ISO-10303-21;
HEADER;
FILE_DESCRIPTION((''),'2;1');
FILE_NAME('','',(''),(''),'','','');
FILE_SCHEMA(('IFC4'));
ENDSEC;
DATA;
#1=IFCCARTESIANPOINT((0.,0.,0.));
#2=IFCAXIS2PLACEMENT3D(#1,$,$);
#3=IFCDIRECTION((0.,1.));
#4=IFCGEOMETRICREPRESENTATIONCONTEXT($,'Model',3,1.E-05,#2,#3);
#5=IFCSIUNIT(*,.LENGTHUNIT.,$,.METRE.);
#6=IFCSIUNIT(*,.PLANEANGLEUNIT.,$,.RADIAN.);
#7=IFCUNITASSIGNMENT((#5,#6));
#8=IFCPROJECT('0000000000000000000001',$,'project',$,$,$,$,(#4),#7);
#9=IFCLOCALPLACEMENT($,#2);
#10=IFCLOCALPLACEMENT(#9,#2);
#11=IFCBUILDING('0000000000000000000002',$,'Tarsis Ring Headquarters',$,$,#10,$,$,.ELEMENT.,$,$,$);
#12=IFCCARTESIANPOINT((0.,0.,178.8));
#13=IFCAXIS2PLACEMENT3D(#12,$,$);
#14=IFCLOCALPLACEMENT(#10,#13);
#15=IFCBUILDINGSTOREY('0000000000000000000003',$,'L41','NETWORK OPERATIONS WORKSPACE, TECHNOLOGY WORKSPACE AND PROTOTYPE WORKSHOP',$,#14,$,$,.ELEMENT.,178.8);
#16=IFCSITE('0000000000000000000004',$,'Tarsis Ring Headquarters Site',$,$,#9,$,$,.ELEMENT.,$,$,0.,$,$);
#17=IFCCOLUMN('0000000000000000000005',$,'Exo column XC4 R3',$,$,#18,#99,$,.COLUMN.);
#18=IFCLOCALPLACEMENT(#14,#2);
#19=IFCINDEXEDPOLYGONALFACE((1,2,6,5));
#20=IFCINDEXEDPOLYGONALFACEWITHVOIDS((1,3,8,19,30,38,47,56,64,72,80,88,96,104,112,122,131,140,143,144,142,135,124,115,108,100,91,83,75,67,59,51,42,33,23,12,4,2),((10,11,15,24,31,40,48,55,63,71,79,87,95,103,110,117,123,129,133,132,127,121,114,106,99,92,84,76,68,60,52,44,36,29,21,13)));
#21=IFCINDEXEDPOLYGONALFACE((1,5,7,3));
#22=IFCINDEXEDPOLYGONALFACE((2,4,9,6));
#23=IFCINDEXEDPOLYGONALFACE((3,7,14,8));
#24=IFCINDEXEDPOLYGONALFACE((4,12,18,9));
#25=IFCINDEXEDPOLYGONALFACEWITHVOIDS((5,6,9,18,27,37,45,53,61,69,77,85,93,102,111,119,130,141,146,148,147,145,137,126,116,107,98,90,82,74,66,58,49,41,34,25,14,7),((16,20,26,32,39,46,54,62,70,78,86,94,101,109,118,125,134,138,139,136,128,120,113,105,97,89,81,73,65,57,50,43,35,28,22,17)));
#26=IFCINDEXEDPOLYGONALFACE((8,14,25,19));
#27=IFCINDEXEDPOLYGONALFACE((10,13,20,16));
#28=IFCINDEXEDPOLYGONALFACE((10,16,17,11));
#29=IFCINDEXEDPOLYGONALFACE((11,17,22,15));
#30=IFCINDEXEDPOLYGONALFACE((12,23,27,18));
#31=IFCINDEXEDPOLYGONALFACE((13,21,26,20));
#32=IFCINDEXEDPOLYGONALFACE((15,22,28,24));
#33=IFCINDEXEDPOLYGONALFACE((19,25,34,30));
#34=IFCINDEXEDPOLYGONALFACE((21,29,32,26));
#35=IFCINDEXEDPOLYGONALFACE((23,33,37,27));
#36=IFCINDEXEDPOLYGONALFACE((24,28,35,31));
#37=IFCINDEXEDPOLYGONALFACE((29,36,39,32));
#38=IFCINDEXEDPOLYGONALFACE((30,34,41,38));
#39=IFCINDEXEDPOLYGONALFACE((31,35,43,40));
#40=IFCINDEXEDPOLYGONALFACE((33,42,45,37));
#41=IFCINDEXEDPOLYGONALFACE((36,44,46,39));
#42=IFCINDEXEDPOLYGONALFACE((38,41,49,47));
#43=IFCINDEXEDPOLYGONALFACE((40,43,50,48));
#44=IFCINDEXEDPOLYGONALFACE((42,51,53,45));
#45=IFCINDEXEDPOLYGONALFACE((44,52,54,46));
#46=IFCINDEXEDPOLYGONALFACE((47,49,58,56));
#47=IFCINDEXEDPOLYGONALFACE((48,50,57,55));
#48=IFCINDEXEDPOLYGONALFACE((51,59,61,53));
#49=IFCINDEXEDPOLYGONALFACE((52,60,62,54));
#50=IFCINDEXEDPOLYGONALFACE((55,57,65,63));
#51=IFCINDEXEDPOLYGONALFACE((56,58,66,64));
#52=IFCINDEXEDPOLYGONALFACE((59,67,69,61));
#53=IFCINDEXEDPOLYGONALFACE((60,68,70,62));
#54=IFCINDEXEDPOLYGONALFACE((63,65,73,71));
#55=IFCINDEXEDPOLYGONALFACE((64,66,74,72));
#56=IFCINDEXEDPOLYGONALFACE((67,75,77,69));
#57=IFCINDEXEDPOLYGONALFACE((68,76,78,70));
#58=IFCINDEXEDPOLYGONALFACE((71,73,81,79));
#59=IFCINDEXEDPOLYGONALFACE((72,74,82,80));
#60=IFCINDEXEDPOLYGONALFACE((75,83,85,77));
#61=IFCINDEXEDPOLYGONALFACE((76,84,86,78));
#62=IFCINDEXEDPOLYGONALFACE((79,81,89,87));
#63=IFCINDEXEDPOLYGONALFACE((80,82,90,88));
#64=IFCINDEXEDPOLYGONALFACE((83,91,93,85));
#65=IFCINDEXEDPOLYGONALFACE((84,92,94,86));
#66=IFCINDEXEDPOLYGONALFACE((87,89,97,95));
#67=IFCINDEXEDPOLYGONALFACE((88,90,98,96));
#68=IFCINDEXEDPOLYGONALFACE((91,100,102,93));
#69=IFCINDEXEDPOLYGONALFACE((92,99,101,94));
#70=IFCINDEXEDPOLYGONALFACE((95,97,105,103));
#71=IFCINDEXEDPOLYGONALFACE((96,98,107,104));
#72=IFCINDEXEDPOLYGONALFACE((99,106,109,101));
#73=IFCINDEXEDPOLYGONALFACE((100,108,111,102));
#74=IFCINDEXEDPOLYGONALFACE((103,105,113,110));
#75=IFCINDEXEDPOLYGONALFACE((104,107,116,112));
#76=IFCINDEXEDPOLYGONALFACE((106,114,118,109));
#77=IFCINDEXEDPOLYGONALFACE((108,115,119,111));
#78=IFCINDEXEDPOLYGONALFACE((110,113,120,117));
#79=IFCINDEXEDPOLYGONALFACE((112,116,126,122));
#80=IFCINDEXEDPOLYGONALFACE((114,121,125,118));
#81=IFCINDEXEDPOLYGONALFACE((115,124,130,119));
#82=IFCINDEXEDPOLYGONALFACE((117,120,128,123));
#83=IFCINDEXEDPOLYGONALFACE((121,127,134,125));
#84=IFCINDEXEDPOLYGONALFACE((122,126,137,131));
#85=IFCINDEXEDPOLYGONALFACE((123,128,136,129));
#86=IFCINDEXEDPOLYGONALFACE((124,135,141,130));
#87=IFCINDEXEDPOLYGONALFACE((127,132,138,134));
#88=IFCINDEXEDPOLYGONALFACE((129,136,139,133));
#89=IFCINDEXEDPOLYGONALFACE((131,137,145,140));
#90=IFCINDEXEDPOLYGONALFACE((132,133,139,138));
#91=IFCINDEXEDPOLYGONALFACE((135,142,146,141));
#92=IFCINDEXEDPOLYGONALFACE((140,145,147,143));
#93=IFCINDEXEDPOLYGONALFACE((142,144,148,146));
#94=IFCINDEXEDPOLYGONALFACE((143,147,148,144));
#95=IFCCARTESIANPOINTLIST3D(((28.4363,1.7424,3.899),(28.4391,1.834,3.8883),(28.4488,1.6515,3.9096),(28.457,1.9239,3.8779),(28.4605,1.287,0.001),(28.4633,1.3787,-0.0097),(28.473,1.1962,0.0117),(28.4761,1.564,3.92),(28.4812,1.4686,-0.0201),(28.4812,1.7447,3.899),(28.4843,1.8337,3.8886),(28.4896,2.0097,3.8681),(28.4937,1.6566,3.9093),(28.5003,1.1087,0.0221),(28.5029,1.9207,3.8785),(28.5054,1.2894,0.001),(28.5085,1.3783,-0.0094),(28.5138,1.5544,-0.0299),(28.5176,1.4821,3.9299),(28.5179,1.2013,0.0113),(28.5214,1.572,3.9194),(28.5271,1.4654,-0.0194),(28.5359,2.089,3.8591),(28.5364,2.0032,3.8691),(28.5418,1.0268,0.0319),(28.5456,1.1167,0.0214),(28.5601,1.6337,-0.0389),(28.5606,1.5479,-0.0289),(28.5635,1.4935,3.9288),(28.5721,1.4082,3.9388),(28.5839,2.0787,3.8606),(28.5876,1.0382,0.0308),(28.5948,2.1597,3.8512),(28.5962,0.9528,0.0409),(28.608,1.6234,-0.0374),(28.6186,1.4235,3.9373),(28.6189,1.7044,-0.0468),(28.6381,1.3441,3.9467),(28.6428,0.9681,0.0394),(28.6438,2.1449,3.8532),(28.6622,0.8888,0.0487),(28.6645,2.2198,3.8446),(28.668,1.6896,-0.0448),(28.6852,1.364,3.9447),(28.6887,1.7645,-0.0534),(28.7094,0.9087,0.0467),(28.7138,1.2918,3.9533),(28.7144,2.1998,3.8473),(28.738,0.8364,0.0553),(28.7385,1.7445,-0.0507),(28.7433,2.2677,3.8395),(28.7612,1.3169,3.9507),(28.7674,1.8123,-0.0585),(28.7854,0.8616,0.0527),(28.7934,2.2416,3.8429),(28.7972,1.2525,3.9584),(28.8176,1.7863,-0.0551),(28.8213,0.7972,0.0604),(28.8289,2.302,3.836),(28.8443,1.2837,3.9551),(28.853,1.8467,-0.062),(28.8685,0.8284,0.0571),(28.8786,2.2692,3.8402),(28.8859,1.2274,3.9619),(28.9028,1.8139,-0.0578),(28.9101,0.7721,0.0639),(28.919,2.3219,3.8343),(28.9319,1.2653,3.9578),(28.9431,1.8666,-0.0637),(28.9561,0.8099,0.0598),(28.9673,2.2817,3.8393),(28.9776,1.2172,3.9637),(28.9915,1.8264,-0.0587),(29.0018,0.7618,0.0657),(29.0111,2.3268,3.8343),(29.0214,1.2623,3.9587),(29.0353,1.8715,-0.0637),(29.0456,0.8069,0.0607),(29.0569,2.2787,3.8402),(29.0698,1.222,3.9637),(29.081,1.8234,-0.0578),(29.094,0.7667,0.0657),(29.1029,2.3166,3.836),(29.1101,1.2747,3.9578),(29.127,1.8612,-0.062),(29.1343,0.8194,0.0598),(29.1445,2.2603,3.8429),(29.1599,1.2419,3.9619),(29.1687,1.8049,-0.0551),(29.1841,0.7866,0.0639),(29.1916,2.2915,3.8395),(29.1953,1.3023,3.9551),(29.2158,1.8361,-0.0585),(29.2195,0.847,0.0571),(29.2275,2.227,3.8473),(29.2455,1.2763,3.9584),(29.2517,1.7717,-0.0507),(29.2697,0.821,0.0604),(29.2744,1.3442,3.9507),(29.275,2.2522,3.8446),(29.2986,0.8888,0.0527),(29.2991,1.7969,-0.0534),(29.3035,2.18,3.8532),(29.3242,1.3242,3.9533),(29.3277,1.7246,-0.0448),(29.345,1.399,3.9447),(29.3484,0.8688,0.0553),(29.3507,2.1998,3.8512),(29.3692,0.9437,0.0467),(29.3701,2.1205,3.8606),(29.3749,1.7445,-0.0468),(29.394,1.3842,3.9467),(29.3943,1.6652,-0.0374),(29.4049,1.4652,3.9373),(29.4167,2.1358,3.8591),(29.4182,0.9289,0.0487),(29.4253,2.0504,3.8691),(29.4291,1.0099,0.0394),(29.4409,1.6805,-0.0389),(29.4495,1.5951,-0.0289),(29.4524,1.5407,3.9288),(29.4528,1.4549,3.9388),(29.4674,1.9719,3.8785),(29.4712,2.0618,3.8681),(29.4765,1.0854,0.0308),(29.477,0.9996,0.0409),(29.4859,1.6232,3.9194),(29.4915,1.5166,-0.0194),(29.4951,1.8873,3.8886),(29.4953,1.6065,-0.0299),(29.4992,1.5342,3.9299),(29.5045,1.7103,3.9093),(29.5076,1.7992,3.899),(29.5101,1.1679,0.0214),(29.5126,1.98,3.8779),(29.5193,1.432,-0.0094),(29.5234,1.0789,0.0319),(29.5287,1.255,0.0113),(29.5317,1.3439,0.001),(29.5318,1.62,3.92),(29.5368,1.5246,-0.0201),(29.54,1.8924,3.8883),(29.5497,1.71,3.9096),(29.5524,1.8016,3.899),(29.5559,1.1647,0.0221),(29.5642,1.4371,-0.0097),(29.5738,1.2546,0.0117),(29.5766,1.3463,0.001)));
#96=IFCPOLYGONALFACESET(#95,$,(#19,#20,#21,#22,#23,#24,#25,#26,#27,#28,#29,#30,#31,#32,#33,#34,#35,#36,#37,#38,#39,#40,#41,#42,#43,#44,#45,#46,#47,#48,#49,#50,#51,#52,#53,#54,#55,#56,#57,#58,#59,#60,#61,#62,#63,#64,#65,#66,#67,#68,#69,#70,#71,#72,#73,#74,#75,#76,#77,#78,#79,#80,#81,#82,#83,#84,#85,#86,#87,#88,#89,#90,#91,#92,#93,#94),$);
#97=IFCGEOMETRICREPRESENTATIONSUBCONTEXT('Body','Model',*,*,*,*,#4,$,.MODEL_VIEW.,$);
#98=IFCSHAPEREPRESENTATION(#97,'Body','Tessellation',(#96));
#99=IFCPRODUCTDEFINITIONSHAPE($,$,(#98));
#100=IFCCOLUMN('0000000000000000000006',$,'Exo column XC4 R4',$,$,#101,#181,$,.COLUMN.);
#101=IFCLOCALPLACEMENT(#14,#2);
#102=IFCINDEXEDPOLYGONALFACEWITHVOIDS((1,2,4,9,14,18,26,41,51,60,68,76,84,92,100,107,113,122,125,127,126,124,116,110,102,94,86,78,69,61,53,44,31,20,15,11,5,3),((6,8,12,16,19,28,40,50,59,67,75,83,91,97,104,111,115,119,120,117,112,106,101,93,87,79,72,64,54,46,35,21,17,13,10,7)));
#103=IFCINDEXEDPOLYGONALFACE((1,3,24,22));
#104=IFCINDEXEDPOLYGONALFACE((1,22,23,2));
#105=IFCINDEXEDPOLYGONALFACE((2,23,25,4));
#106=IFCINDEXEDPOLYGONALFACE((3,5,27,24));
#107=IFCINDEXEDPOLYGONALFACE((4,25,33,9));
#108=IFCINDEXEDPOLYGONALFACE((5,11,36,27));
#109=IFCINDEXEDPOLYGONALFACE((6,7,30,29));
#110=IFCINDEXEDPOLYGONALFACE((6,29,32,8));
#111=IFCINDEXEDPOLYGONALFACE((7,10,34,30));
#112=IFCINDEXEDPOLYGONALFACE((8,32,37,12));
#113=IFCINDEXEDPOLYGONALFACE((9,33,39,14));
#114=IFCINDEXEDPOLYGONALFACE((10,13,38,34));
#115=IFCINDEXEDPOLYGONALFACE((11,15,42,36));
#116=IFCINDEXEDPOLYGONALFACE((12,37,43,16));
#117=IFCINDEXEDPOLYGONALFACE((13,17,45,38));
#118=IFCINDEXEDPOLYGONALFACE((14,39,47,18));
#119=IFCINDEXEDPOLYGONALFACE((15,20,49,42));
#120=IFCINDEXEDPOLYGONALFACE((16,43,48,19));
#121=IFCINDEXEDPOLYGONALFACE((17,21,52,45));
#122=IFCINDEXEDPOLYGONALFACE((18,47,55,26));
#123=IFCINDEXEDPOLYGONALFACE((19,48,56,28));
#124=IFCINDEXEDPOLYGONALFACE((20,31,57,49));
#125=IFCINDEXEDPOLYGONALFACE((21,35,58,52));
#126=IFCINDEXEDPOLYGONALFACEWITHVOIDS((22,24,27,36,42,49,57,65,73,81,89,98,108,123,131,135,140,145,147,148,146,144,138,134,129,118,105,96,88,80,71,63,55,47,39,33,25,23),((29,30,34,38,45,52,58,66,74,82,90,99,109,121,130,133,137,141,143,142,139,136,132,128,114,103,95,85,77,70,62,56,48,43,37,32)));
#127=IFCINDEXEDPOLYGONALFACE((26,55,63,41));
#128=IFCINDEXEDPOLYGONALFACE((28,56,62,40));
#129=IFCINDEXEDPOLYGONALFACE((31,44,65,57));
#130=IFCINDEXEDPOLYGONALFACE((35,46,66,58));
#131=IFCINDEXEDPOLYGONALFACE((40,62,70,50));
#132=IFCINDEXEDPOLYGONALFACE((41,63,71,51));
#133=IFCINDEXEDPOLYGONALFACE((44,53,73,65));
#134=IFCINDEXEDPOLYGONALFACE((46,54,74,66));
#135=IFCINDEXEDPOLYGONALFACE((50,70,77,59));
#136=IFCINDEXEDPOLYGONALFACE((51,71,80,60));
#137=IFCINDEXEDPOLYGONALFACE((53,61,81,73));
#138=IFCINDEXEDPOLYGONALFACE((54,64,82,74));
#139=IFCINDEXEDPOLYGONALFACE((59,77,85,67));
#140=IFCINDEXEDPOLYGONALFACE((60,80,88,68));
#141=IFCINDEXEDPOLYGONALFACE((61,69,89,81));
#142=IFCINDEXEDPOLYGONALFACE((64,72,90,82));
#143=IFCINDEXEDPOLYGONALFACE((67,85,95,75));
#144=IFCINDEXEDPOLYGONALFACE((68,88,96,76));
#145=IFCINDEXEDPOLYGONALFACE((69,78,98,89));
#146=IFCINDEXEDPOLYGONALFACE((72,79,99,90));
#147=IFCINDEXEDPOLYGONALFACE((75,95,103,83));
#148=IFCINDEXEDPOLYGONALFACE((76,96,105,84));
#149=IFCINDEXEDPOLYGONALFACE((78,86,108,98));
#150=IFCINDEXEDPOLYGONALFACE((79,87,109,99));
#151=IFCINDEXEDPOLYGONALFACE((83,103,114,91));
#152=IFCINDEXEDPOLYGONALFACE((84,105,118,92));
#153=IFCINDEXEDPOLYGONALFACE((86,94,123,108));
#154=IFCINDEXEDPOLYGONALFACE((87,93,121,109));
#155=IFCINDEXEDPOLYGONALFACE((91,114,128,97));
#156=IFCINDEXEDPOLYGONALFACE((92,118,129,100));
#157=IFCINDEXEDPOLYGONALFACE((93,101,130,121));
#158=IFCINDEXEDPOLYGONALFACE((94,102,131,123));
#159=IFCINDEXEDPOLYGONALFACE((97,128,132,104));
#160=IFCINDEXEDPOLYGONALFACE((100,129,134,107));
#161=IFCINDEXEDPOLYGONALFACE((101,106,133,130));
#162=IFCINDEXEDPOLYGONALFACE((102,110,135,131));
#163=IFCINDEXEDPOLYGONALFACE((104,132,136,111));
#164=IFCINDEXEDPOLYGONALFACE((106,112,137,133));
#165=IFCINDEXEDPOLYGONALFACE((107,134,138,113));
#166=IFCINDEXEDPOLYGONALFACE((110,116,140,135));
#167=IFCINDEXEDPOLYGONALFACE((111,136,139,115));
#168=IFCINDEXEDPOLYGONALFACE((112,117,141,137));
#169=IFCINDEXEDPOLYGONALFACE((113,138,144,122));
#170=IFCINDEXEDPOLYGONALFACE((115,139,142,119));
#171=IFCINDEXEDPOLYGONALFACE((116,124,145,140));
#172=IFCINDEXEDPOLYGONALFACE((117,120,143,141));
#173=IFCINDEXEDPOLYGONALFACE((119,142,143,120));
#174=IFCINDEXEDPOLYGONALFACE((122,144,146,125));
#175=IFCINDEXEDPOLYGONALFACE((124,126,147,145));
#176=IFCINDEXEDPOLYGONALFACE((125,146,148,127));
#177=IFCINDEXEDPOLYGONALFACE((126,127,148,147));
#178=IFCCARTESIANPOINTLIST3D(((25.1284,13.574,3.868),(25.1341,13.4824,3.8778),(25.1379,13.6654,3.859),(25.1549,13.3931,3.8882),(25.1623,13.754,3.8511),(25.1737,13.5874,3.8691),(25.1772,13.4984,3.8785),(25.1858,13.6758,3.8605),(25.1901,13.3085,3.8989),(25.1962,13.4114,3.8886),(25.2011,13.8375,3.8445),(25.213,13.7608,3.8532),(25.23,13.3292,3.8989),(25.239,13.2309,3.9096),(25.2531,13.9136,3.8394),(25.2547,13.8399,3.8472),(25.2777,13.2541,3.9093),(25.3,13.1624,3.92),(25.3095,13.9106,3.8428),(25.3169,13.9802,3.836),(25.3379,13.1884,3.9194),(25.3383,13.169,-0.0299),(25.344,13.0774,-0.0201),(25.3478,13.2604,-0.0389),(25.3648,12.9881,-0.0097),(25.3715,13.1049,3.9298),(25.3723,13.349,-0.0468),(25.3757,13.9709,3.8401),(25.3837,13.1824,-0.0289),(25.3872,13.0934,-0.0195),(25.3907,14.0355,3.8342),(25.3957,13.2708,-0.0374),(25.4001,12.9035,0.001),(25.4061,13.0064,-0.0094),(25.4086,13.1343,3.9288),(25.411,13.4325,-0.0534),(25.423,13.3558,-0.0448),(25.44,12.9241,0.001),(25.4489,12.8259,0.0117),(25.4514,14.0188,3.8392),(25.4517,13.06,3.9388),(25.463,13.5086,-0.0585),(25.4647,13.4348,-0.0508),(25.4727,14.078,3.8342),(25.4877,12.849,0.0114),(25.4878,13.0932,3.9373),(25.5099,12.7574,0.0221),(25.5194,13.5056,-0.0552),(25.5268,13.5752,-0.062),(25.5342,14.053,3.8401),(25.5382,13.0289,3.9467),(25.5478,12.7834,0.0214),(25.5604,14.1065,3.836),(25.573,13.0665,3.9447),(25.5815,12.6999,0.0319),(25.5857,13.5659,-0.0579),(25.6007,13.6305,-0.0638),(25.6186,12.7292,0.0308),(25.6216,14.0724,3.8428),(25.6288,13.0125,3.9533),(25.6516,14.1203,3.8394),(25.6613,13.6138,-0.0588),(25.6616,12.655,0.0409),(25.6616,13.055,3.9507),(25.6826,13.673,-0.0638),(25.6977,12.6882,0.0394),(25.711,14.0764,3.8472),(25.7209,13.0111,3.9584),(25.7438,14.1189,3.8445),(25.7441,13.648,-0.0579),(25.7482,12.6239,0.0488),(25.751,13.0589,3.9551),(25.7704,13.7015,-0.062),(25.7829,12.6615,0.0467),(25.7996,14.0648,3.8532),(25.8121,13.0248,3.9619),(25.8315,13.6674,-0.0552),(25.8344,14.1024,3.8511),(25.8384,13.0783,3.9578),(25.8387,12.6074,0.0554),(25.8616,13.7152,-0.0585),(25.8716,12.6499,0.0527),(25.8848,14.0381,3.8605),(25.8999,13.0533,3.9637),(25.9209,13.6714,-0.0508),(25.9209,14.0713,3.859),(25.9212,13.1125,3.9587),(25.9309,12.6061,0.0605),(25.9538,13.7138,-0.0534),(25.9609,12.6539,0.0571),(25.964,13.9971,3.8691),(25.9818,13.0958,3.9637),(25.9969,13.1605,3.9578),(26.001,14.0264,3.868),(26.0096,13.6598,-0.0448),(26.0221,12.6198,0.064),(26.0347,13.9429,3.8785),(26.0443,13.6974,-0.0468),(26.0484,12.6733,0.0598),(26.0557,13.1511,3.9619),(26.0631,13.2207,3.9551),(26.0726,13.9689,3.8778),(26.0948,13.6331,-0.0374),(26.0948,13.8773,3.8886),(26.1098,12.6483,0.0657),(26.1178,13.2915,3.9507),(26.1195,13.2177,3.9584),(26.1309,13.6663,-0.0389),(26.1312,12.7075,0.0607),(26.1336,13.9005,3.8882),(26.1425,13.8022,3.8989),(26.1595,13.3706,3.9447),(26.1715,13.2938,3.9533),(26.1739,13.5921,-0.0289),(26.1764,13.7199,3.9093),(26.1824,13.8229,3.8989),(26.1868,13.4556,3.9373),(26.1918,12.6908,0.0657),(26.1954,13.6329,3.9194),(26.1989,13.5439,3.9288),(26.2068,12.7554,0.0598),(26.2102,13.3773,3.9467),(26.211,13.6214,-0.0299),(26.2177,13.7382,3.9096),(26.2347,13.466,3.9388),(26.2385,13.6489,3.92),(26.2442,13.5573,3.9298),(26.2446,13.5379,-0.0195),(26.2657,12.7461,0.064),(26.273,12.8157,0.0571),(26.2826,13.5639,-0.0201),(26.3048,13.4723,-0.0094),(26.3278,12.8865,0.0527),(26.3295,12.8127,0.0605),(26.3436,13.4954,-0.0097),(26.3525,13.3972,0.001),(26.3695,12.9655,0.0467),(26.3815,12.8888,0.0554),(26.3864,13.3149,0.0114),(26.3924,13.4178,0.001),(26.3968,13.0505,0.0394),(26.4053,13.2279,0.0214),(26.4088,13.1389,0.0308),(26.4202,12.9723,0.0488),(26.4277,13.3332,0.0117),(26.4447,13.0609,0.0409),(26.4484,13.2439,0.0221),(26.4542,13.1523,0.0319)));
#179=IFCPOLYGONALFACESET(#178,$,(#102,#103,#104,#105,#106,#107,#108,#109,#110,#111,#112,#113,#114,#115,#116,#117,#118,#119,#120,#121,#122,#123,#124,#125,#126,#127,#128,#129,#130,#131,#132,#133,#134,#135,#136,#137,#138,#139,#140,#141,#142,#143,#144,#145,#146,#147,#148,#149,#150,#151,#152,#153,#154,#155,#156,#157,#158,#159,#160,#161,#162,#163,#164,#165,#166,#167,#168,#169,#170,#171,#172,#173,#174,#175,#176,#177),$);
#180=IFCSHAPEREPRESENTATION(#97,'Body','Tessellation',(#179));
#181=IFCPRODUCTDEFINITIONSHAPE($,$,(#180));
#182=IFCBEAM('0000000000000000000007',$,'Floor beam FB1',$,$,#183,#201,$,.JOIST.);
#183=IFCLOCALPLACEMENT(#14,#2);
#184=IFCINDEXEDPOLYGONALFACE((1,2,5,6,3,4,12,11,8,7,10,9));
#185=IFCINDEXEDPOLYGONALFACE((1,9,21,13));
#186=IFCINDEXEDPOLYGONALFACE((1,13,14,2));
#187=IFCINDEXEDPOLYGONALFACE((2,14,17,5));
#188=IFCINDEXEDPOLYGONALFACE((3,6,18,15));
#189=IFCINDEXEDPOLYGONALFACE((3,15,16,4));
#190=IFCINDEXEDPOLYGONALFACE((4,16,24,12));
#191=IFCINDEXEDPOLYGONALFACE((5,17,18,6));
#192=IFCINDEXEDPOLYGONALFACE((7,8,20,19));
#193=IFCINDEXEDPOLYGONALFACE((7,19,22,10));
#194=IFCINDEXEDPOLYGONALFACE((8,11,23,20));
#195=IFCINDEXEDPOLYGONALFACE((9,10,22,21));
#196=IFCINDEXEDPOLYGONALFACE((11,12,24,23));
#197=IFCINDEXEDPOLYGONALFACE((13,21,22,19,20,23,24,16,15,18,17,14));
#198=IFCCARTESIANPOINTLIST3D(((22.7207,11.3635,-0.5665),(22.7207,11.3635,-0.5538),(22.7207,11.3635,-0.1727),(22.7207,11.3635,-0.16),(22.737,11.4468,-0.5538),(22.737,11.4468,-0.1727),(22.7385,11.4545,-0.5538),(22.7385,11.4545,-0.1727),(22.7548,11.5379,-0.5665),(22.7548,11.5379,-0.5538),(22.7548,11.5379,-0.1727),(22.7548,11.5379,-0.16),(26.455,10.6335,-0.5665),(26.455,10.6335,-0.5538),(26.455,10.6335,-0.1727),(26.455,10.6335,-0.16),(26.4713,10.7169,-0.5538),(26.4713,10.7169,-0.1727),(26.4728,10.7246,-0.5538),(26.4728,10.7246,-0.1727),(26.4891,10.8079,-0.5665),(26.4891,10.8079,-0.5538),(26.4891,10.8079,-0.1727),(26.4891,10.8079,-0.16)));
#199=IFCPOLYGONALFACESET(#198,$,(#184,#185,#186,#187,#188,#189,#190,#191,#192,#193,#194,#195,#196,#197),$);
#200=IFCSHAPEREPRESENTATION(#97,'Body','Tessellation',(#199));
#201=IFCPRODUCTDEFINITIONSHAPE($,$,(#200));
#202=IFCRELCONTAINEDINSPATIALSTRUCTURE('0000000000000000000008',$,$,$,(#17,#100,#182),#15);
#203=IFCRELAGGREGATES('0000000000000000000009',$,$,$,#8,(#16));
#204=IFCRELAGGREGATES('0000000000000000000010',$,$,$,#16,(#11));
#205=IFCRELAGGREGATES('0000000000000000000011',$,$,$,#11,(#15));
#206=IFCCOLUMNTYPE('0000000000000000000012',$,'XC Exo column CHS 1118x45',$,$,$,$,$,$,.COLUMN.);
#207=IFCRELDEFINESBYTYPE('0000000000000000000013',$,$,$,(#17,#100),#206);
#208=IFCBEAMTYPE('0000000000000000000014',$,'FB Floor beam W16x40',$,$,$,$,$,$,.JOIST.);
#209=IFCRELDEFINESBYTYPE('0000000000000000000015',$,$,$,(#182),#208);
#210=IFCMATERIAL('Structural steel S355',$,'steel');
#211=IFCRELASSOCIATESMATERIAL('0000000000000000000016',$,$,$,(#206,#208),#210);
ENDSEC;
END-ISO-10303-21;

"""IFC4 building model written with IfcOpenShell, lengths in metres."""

from ifc_helpers import new_model, si_unit, direction, frame, origin, origin_2d, place, context, subcontext, project, spatial, hollow_circle, i_section, extrude, material, material_profile, profile_set, type_object, element, save


model = new_model("IFC4")

# Units and contexts
model_context = context("Model", 3, precision=1e-05, world=origin(), true_north=direction((0.0, 1.0)))
body_context = subcontext(model_context, "Body", "Model", "MODEL_VIEW")
ifc_project = project(units=[si_unit("LENGTHUNIT", "METRE"), si_unit("PLANEANGLEUNIT", "RADIAN")], contexts=[model_context])

# Site, building, storey
site_placement = place(None, origin())
site = spatial("IfcSite", under=ifc_project, at=site_placement, Name="Tarsis Ring Headquarters Site", CompositionType="ELEMENT", RefElevation=0.0)
building_placement = place(site_placement, origin())
building = spatial("IfcBuilding", under=site, at=building_placement, Name="Tarsis Ring Headquarters", CompositionType="ELEMENT")
storey_placement = place(building_placement, frame((0.0, 0.0, 178.8)))
storey = spatial("IfcBuildingStorey", under=building, at=storey_placement, Name="L41", Description="NETWORK OPERATIONS WORKSPACE, TECHNOLOGY WORKSPACE AND PROTOTYPE WORKSHOP", CompositionType="ELEMENT", Elevation=178.8)

# Columns
ifc_material_1 = material(Name="Structural steel S355", Category="steel")
ifc_material_profile_1 = material_profile(ifc_material_1, hollow_circle(Radius=0.5588, WallThickness=0.0449, at=origin_2d()), Name="CHS 1118x45")
ifc_profile_set_1 = profile_set([ifc_material_profile_1], Name="Structural steel S355")
column_type = type_object("IfcColumnType", Name="XC Exo column CHS 1118x45", PredefinedType="COLUMN", material=ifc_profile_set_1)
for number, where, z_axis, x_axis, name in (
    (1, (29.0186, 1.3167, 0.001), (-0.006159, 0.11602, 0.993228), (-0.998594, -0.053008, 0.0), "Exo column XC4 R3"),
    (2, (25.8962, 13.1606, 0.001), (-0.053499, 0.103204, 0.99322), (-0.887803, -0.460223, 0.0), "Exo column XC4 R4"),
):
    element("IfcColumn", number, at=place(storey_placement, frame(where, z_axis=z_axis, x_axis=x_axis)), inside=storey, type_object=column_type, Name=name, PredefinedType="COLUMN", context=body_context, shape_type="SweptSolid", body=[
        extrude(hollow_circle(Radius=0.5588, WallThickness=0.0449, at=origin_2d()), origin(), (0.0, 0.0, 1.0), 3.9246),
    ])

# Beam
ifc_material_profile_2 = material_profile(ifc_material_1, i_section(OverallWidth=0.1777, OverallDepth=0.4065, WebThickness=0.0078, FlangeThickness=0.0127, at=origin_2d()), Name="W16x40")
ifc_profile_set_2 = profile_set([ifc_material_profile_2], Name="Structural steel S355")
beam_type_1 = type_object("IfcBeamType", Name="FB Floor beam W16x40", PredefinedType="JOIST", material=ifc_profile_set_2)
beam_1_placement = place(storey_placement, frame((22.7378, 11.4507, -0.3633), z_axis=(0.981425, -0.191845, 0.0), x_axis=(0.191845, 0.981425, 0.0)))
element("IfcBeam", 3, at=beam_1_placement, inside=storey, type_object=beam_type_1, Name="Floor beam FB1", PredefinedType="JOIST", context=body_context, shape_type="SweptSolid", body=[
    extrude(i_section(OverallWidth=0.1777, OverallDepth=0.4065, WebThickness=0.0078, FlangeThickness=0.0127, at=origin_2d()), origin(), (0.0, 0.0, 1.0), 3.8049),
])

save(model, "model.ifc")
